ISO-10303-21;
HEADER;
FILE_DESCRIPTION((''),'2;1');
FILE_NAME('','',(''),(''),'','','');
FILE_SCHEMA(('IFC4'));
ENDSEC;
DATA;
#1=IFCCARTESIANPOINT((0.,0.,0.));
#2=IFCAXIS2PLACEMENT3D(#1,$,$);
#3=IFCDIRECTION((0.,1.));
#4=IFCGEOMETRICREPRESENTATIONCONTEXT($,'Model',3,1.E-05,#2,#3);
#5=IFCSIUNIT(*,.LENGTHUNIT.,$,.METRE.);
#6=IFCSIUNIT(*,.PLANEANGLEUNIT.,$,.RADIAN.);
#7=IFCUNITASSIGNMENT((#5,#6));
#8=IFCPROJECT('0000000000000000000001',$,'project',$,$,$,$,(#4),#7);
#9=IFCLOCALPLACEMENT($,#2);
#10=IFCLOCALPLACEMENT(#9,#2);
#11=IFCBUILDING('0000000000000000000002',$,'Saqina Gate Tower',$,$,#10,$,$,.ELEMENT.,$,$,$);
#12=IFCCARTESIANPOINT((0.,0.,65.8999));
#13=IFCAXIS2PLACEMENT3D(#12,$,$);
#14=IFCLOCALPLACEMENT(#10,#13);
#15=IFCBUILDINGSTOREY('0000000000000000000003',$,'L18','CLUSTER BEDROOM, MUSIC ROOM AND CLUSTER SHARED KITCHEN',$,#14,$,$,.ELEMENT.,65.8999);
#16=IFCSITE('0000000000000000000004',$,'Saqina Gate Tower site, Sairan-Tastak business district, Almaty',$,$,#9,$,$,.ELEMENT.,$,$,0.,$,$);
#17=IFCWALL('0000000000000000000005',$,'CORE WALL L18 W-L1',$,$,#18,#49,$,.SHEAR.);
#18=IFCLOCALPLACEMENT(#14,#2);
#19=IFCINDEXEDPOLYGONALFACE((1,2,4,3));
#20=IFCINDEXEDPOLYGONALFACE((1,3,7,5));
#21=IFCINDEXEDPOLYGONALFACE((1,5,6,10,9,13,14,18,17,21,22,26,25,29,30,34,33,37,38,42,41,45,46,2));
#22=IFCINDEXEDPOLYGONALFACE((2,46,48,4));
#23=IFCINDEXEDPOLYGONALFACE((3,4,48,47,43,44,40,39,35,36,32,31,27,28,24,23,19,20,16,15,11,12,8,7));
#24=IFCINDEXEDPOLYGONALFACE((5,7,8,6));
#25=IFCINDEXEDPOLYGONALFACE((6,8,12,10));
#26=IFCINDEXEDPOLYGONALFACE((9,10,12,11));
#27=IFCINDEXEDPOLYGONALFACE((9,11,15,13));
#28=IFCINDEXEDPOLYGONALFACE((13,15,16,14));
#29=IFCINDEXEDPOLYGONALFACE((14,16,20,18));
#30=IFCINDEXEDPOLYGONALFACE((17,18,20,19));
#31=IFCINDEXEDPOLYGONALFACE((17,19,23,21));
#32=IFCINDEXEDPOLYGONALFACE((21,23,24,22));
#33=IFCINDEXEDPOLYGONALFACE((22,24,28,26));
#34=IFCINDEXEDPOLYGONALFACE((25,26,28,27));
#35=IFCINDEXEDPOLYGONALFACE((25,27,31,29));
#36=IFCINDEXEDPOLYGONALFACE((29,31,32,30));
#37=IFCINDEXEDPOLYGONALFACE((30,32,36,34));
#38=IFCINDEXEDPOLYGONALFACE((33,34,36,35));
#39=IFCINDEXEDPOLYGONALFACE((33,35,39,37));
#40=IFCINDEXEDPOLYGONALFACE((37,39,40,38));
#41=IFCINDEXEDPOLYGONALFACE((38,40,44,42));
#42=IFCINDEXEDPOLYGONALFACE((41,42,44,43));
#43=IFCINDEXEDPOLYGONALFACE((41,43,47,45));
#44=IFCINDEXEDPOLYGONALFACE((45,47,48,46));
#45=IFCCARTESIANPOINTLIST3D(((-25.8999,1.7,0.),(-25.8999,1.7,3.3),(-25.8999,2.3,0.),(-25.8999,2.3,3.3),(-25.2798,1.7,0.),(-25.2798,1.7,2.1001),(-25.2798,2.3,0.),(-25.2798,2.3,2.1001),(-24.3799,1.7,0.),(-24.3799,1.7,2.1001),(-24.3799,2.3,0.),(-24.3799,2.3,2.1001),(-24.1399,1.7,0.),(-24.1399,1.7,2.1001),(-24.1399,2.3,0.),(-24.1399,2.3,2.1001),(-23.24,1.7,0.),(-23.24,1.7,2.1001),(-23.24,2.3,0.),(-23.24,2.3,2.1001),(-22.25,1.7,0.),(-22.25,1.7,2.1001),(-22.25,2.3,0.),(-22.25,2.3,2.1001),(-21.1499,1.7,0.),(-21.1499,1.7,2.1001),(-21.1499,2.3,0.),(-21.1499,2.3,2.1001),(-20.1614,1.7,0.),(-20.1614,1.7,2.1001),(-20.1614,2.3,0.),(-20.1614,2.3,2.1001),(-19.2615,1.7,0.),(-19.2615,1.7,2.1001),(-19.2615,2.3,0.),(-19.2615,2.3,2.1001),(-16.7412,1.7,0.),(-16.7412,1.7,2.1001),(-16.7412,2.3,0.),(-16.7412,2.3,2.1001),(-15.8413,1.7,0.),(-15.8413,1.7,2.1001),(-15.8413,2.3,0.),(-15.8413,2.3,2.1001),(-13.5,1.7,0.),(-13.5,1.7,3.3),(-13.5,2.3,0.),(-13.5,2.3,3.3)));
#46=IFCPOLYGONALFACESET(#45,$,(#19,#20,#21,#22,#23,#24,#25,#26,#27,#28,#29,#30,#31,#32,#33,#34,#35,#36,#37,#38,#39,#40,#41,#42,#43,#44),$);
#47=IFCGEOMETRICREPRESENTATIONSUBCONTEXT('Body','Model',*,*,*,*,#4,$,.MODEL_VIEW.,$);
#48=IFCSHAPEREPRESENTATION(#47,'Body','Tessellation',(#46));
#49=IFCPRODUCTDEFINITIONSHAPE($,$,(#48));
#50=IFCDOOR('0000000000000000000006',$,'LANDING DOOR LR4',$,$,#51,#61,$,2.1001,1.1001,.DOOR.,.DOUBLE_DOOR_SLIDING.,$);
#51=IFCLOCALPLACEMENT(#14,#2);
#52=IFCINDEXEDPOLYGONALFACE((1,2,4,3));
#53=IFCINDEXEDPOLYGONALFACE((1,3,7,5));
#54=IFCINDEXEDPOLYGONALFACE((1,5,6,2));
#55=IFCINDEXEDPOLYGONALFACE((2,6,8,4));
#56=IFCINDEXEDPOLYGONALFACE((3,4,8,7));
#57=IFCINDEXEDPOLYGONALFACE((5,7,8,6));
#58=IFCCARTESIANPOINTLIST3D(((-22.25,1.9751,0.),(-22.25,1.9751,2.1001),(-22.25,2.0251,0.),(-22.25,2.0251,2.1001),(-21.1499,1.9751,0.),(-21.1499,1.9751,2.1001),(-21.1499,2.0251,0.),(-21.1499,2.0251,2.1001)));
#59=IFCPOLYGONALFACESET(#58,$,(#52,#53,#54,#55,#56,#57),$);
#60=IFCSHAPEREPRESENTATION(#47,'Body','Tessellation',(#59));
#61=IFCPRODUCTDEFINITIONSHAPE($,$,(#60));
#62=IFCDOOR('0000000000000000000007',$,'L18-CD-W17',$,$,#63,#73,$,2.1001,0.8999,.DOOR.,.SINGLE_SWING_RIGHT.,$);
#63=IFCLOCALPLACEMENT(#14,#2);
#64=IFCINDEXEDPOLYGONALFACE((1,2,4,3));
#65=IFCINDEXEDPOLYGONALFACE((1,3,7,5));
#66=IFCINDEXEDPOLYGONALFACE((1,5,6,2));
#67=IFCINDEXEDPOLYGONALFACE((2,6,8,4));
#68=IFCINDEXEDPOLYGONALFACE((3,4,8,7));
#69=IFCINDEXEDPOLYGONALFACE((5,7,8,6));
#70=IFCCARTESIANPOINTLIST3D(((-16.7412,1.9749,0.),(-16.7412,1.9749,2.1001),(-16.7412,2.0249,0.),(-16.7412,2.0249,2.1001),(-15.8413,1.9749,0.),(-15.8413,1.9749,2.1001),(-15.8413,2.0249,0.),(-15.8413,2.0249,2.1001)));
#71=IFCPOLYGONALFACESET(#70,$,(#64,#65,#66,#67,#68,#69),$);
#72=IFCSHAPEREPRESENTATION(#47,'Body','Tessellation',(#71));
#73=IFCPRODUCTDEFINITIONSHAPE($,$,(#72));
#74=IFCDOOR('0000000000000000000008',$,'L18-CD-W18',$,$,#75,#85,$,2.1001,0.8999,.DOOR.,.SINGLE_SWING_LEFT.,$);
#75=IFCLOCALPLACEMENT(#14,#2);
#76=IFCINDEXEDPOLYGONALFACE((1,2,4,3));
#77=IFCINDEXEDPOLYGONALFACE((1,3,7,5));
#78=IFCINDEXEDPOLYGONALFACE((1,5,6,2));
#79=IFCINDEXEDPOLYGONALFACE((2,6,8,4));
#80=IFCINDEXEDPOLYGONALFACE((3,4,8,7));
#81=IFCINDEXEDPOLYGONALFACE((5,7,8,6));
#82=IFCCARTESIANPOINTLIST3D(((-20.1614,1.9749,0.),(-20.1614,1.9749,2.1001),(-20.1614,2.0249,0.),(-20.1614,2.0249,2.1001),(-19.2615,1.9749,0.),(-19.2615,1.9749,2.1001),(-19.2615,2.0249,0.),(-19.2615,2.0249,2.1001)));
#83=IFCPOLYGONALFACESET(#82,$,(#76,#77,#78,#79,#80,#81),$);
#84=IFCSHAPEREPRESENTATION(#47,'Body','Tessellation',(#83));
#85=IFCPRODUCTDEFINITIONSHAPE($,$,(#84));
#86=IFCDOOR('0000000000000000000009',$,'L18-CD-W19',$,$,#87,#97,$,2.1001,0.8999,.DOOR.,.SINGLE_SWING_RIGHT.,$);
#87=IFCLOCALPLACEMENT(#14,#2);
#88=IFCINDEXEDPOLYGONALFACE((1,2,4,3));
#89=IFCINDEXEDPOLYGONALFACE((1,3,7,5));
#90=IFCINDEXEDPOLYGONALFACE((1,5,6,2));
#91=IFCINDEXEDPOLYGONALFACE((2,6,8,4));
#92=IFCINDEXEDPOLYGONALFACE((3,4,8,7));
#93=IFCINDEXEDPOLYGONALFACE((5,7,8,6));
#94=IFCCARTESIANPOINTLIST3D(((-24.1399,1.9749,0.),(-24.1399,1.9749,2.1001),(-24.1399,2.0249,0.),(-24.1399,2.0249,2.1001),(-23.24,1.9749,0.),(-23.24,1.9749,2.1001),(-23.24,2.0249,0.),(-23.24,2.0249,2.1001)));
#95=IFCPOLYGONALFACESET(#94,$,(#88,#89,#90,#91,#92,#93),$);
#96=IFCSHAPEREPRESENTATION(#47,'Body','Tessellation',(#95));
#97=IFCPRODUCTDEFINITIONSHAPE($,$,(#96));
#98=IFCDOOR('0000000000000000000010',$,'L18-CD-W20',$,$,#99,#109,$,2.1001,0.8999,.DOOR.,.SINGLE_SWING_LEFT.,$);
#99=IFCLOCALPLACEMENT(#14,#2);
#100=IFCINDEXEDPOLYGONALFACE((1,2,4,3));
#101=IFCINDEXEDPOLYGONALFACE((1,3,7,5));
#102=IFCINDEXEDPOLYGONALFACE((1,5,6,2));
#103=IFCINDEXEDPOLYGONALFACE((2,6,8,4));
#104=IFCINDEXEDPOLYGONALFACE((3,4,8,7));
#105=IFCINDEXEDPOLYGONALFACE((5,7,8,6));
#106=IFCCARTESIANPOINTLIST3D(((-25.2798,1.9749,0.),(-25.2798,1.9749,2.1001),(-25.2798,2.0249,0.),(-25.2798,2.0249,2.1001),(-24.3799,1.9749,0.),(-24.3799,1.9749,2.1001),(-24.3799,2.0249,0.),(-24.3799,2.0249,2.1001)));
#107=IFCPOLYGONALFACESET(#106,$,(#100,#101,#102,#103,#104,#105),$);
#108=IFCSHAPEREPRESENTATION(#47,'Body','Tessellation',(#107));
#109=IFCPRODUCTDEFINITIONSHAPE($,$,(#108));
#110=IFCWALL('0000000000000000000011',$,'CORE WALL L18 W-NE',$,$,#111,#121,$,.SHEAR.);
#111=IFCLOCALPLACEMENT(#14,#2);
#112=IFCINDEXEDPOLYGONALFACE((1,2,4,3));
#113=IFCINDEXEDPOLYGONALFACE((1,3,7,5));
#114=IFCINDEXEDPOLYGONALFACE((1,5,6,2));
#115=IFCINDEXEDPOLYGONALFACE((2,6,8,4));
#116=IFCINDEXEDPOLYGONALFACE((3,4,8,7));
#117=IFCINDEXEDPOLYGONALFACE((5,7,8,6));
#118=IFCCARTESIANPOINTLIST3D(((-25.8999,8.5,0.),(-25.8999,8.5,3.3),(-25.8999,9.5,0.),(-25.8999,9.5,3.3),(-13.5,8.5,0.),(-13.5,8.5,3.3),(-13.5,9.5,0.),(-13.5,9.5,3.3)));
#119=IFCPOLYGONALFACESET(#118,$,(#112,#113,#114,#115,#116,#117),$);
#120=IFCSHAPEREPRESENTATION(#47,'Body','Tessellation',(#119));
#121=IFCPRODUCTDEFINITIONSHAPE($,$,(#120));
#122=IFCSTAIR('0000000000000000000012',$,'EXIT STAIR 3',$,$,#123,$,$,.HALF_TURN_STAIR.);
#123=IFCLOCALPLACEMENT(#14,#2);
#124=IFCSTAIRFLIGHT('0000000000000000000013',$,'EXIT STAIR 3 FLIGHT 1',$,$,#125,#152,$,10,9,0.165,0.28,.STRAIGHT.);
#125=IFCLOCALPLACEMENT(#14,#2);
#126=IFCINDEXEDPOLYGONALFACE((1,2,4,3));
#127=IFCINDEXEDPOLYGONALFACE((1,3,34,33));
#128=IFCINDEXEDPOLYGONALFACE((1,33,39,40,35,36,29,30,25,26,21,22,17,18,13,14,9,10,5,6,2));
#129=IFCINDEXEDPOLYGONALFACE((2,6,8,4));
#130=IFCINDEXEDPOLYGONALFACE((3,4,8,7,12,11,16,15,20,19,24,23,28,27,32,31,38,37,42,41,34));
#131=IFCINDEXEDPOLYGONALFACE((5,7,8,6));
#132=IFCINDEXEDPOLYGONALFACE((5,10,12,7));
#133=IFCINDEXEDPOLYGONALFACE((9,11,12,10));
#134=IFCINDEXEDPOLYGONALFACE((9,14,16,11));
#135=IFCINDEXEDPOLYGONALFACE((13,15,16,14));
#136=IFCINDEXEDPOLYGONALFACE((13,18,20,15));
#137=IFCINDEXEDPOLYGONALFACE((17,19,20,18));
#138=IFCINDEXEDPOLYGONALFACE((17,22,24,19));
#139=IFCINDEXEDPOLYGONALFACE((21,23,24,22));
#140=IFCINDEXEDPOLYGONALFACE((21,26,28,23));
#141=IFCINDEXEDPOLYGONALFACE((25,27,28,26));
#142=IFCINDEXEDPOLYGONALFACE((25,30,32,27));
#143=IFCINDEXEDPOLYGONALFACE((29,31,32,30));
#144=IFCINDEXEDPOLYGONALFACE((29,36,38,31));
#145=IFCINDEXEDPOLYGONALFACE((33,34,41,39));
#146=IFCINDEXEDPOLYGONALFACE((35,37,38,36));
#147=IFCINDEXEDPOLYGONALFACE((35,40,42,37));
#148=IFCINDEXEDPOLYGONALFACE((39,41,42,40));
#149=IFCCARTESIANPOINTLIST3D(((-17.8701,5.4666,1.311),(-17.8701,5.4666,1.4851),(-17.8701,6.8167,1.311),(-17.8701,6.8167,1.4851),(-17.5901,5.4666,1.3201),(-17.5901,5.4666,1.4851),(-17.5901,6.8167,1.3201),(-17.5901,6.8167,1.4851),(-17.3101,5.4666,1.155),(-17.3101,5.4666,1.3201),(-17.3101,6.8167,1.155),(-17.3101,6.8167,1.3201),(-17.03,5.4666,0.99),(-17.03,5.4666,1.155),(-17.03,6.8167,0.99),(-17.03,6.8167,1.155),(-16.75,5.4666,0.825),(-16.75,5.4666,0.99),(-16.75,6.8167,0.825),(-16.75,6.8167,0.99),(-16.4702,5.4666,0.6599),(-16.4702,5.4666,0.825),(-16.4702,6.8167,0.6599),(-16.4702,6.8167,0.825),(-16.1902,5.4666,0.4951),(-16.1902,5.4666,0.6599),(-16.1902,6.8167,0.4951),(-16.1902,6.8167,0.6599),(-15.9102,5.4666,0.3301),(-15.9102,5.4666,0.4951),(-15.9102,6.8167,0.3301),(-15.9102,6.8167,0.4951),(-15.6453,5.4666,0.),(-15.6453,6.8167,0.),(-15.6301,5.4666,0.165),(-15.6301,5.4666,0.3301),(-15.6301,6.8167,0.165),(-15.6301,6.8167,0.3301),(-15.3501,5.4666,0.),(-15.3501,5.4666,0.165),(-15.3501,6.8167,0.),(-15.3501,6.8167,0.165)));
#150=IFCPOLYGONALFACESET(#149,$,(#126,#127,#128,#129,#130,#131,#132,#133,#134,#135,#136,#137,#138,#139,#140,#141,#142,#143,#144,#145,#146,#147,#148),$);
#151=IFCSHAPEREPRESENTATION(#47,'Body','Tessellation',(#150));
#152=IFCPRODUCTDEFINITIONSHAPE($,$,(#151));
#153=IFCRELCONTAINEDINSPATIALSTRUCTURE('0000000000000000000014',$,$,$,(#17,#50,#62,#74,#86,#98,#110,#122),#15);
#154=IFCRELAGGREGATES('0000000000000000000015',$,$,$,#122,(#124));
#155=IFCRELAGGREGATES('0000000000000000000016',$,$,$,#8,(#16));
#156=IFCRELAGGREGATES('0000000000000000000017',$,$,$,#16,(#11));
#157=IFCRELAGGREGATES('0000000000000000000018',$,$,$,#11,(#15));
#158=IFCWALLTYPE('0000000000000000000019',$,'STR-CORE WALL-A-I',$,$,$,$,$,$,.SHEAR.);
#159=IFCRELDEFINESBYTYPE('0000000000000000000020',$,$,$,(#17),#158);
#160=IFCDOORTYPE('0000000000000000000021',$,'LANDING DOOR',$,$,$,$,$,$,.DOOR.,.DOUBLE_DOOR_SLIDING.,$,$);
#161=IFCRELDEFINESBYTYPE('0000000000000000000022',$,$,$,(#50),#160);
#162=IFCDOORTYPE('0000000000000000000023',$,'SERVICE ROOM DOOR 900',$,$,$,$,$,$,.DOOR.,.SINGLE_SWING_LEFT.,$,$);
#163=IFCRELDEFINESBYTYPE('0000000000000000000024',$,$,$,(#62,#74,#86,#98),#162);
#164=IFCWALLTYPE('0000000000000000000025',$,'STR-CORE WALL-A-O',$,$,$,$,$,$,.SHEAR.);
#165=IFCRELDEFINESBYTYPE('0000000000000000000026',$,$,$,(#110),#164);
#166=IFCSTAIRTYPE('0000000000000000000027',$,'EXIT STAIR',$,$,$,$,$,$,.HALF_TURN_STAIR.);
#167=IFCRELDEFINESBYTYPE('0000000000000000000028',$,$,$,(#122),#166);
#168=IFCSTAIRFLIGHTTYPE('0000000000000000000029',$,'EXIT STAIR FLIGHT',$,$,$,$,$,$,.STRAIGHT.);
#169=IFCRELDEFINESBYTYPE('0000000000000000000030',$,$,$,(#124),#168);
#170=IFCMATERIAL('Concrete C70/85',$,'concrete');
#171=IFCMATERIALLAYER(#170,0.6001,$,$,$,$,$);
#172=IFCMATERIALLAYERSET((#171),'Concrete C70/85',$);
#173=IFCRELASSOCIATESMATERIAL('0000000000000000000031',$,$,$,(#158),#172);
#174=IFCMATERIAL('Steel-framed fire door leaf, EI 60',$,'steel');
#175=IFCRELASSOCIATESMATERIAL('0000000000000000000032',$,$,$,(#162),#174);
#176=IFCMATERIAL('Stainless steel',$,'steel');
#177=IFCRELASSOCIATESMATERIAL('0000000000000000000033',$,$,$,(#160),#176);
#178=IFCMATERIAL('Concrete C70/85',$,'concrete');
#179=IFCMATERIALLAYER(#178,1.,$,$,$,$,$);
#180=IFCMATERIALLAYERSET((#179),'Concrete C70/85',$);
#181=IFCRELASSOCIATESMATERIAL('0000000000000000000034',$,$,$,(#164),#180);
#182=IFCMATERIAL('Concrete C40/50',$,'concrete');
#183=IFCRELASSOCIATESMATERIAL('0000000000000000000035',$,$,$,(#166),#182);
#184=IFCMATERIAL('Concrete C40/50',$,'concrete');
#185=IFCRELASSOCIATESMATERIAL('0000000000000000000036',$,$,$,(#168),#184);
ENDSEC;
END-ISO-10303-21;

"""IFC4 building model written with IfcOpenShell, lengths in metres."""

from ifc_helpers import new_model, si_unit, direction, frame, frame_2d, origin, place, context, subcontext, project, spatial, polyline, rectangle, outline, extrude, material, layer, layer_set, type_object, element, fill, aggregate, save


model = new_model("IFC4")

# Units and contexts
model_context = context("Model", 3, precision=1e-05, world=origin(), true_north=direction((0.0, 1.0)))
body_context = subcontext(model_context, "Body", "Model", "MODEL_VIEW")
ifc_project = project(units=[si_unit("LENGTHUNIT", "METRE"), si_unit("PLANEANGLEUNIT", "RADIAN")], contexts=[model_context])

# Site, building, storey
site_placement = place(None, origin())
site = spatial("IfcSite", under=ifc_project, at=site_placement, Name="Saqina Gate Tower site, Sairan-Tastak business district, Almaty", CompositionType="ELEMENT", RefElevation=0.0)
building_placement = place(site_placement, origin())
building = spatial("IfcBuilding", under=site, at=building_placement, Name="Saqina Gate Tower", CompositionType="ELEMENT")
storey_placement = place(building_placement, frame((0.0, 0.0, 65.8999)))
storey = spatial("IfcBuildingStorey", under=building, at=storey_placement, Name="L18", Description="CLUSTER BEDROOM, MUSIC ROOM AND CLUSTER SHARED KITCHEN", CompositionType="ELEMENT", Elevation=65.8999)

# Wall, openings, doors
ifc_material_1 = material(Name="Concrete C70/85", Category="concrete")
ifc_layer_1 = layer(ifc_material_1, 0.6001)
ifc_layer_set_1 = layer_set([ifc_layer_1], Name="Concrete C70/85")
wall_type_1 = type_object("IfcWallType", Name="STR-CORE WALL-A-I", PredefinedType="SHEAR", material=ifc_layer_set_1)
ifc_material_2 = material(Name="Steel-framed fire door leaf, EI 60", Category="steel")
door_type_1 = type_object("IfcDoorType", Name="SERVICE ROOM DOOR 900", OperationType="SINGLE_SWING_LEFT", PredefinedType="DOOR", material=ifc_material_2)
wall_1_placement = place(storey_placement, frame((-13.5, 2.0, 0.0), z_axis=(0.0, 0.0, 1.0), x_axis=(-1.0, 0.0, 0.0)))
wall_1 = element("IfcWall", 1, at=wall_1_placement, inside=storey, type_object=wall_type_1, Name="CORE WALL L18 W-L1", PredefinedType="SHEAR", context=body_context, shape_type="SweptSolid", body=[
    extrude(rectangle(XDim=12.3999, YDim=0.6001, at=frame_2d((6.2, 0.0))), origin(), (0.0, 0.0, 1.0), 3.3),
])
opening_1_placement = place(wall_1_placement, frame((7.6499, 0.0, 0.0)))
opening_1 = element("IfcOpeningElement", 2, at=opening_1_placement, cuts=wall_1, PredefinedType="OPENING", context=body_context, shape_type="SweptSolid", body=[
    extrude(rectangle(XDim=1.1001, YDim=2.1001, at=frame_2d((0.55, 1.05))), frame((0.0, 0.312, 0.0), z_axis=(0.0, -1.0, 0.0), x_axis=(1.0, 0.0, 0.0)), (0.0, 0.0, 1.0), 0.624),
])
opening_2_placement = place(wall_1_placement, frame((2.3413, 0.0, 0.0)))
opening_2 = element("IfcOpeningElement", 3, at=opening_2_placement, cuts=wall_1, PredefinedType="OPENING", context=body_context, shape_type="SweptSolid", body=[
    extrude(rectangle(XDim=0.8999, YDim=2.1001, at=frame_2d((0.45, 1.05))), frame((0.0, 0.312, 0.0), z_axis=(0.0, -1.0, 0.0), x_axis=(1.0, 0.0, 0.0)), (0.0, 0.0, 1.0), 0.624),
])
opening_3_placement = place(wall_1_placement, frame((5.7615, 0.0, 0.0)))
opening_3 = element("IfcOpeningElement", 4, at=opening_3_placement, cuts=wall_1, PredefinedType="OPENING", context=body_context, shape_type="SweptSolid", body=[
    extrude(rectangle(XDim=0.8999, YDim=2.1001, at=frame_2d((0.45, 1.05))), frame((0.0, 0.312, 0.0), z_axis=(0.0, -1.0, 0.0), x_axis=(1.0, 0.0, 0.0)), (0.0, 0.0, 1.0), 0.624),
])
opening_4_placement = place(wall_1_placement, frame((9.74, 0.0, 0.0)))
opening_4 = element("IfcOpeningElement", 5, at=opening_4_placement, cuts=wall_1, PredefinedType="OPENING", context=body_context, shape_type="SweptSolid", body=[
    extrude(rectangle(XDim=0.8999, YDim=2.1001, at=frame_2d((0.45, 1.05))), frame((0.0, 0.312, 0.0), z_axis=(0.0, -1.0, 0.0), x_axis=(1.0, 0.0, 0.0)), (0.0, 0.0, 1.0), 0.624),
])
opening_5_placement = place(wall_1_placement, frame((10.8799, 0.0, 0.0)))
opening_5 = element("IfcOpeningElement", 6, at=opening_5_placement, cuts=wall_1, PredefinedType="OPENING", context=body_context, shape_type="SweptSolid", body=[
    extrude(rectangle(XDim=0.8999, YDim=2.1001, at=frame_2d((0.45, 1.05))), frame((0.0, 0.312, 0.0), z_axis=(0.0, -1.0, 0.0), x_axis=(1.0, 0.0, 0.0)), (0.0, 0.0, 1.0), 0.624),
])
ifc_material_3 = material(Name="Stainless steel", Category="steel")
door_type_2 = type_object("IfcDoorType", Name="LANDING DOOR", OperationType="DOUBLE_DOOR_SLIDING", PredefinedType="DOOR", material=ifc_material_3)
door_1_placement = place(opening_1_placement, origin())
door_1 = element("IfcDoor", 7, at=door_1_placement, inside=storey, type_object=door_type_2, Name="LANDING DOOR LR4", OperationType="DOUBLE_DOOR_SLIDING", OverallHeight=2.1001, OverallWidth=1.1001, PredefinedType="DOOR", context=body_context, shape_type="SweptSolid", body=[
    extrude(rectangle(XDim=1.1001, YDim=2.1001, at=frame_2d((0.55, 1.05))), frame((0.0, 0.0249, 0.0), z_axis=(0.0, -1.0, 0.0), x_axis=(1.0, 0.0, 0.0)), (0.0, 0.0, 1.0), 0.05),
])
fill(opening_1, door_1)
door_2_placement = place(opening_2_placement, frame((0.8999, 0.0, 0.0), z_axis=(0.0, 0.0, 1.0), x_axis=(-1.0, 0.0, 0.0)))
door_2 = element("IfcDoor", 8, at=door_2_placement, inside=storey, type_object=door_type_1, Name="L18-CD-W17", OperationType="SINGLE_SWING_RIGHT", OverallHeight=2.1001, OverallWidth=0.8999, PredefinedType="DOOR", context=body_context, shape_type="SweptSolid", body=[
    extrude(rectangle(XDim=0.8999, YDim=2.1001, at=frame_2d((0.45, 1.05))), frame((0.0, 0.0249, 0.0), z_axis=(0.0, -1.0, 0.0), x_axis=(1.0, 0.0, 0.0)), (0.0, 0.0, 1.0), 0.05),
])
fill(opening_2, door_2)
door_3_placement = place(opening_3_placement, frame((0.8999, 0.0, 0.0), z_axis=(0.0, 0.0, 1.0), x_axis=(-1.0, 0.0, 0.0)))
door_3 = element("IfcDoor", 9, at=door_3_placement, inside=storey, type_object=door_type_1, Name="L18-CD-W18", OperationType="SINGLE_SWING_LEFT", OverallHeight=2.1001, OverallWidth=0.8999, PredefinedType="DOOR", context=body_context, shape_type="SweptSolid", body=[
    extrude(rectangle(XDim=0.8999, YDim=2.1001, at=frame_2d((0.45, 1.05))), frame((0.0, 0.0249, 0.0), z_axis=(0.0, -1.0, 0.0), x_axis=(1.0, 0.0, 0.0)), (0.0, 0.0, 1.0), 0.05),
])
fill(opening_3, door_3)
door_4_placement = place(opening_4_placement, frame((0.8999, 0.0, 0.0), z_axis=(0.0, 0.0, 1.0), x_axis=(-1.0, 0.0, 0.0)))
door_4 = element("IfcDoor", 10, at=door_4_placement, inside=storey, type_object=door_type_1, Name="L18-CD-W19", OperationType="SINGLE_SWING_RIGHT", OverallHeight=2.1001, OverallWidth=0.8999, PredefinedType="DOOR", context=body_context, shape_type="SweptSolid", body=[
    extrude(rectangle(XDim=0.8999, YDim=2.1001, at=frame_2d((0.45, 1.05))), frame((0.0, 0.0249, 0.0), z_axis=(0.0, -1.0, 0.0), x_axis=(1.0, 0.0, 0.0)), (0.0, 0.0, 1.0), 0.05),
])
fill(opening_4, door_4)
door_5_placement = place(opening_5_placement, frame((0.8999, 0.0, 0.0), z_axis=(0.0, 0.0, 1.0), x_axis=(-1.0, 0.0, 0.0)))
door_5 = element("IfcDoor", 11, at=door_5_placement, inside=storey, type_object=door_type_1, Name="L18-CD-W20", OperationType="SINGLE_SWING_LEFT", OverallHeight=2.1001, OverallWidth=0.8999, PredefinedType="DOOR", context=body_context, shape_type="SweptSolid", body=[
    extrude(rectangle(XDim=0.8999, YDim=2.1001, at=frame_2d((0.45, 1.05))), frame((0.0, 0.0249, 0.0), z_axis=(0.0, -1.0, 0.0), x_axis=(1.0, 0.0, 0.0)), (0.0, 0.0, 1.0), 0.05),
])
fill(opening_5, door_5)

# Wall
ifc_material_4 = material(Name="Concrete C70/85", Category="concrete")
ifc_layer_2 = layer(ifc_material_4, 1.0)
ifc_layer_set_2 = layer_set([ifc_layer_2], Name="Concrete C70/85")
wall_type_2 = type_object("IfcWallType", Name="STR-CORE WALL-A-O", PredefinedType="SHEAR", material=ifc_layer_set_2)
wall_2_placement = place(storey_placement, frame((-13.5, 9.0, 0.0), z_axis=(0.0, 0.0, 1.0), x_axis=(-1.0, 0.0, 0.0)))
element("IfcWall", 12, at=wall_2_placement, inside=storey, type_object=wall_type_2, Name="CORE WALL L18 W-NE", PredefinedType="SHEAR", context=body_context, shape_type="SweptSolid", body=[
    extrude(rectangle(XDim=12.3999, YDim=1.0, at=frame_2d((6.2, 0.0))), origin(), (0.0, 0.0, 1.0), 3.3),
])

# Stair, stair flight
ifc_material_5 = material(Name="Concrete C40/50", Category="concrete")
stair_type = type_object("IfcStairType", Name="EXIT STAIR", PredefinedType="HALF_TURN_STAIR", material=ifc_material_5)
stair_placement = place(storey_placement, origin())
stair = element("IfcStair", 13, at=stair_placement, inside=storey, type_object=stair_type, Name="EXIT STAIR 3", PredefinedType="HALF_TURN_STAIR")
ifc_material_6 = material(Name="Concrete C40/50", Category="concrete")
stair_flight_type = type_object("IfcStairFlightType", Name="EXIT STAIR FLIGHT", PredefinedType="STRAIGHT", material=ifc_material_6)
stair_flight_1_placement = place(storey_placement, frame((-15.3501, 6.1416, 0.0), z_axis=(0.0, 0.0, 1.0), x_axis=(-1.0, 0.0, 0.0)))
stair_flight_1 = element("IfcStairFlight", 14, at=stair_flight_1_placement, type_object=stair_flight_type, Name="EXIT STAIR 3 FLIGHT 1", NumberOfRisers=10, NumberOfTreads=9, PredefinedType="STRAIGHT", RiserHeight=0.165, TreadLength=0.28, context=body_context, shape_type="SweptSolid", body=[
    extrude(outline(polyline([(0.0, 0.0), (0.0, 0.165), (0.28, 0.165), (0.28, 0.3301), (0.5601, 0.3301), (0.5601, 0.4951), (0.8401, 0.4951), (0.8401, 0.6599), (1.1201, 0.6599), (1.1201, 0.825), (1.3999, 0.825), (1.3999, 0.99), (1.6799, 0.99), (1.6799, 1.155), (1.96, 1.155), (1.96, 1.3201), (2.24, 1.3201), (2.24, 1.4851), (2.52, 1.4851), (2.52, 1.6499), (2.52, 1.311), (0.2952, 0.0), (0.0, 0.0)])), frame((0.0, 0.675, 0.0), z_axis=(0.0, -1.0, 0.0), x_axis=(1.0, 0.0, 0.0)), (0.0, 0.0, 1.0), 1.3501),
])
aggregate(stair, [stair_flight_1])

save(model, "model.ifc")
